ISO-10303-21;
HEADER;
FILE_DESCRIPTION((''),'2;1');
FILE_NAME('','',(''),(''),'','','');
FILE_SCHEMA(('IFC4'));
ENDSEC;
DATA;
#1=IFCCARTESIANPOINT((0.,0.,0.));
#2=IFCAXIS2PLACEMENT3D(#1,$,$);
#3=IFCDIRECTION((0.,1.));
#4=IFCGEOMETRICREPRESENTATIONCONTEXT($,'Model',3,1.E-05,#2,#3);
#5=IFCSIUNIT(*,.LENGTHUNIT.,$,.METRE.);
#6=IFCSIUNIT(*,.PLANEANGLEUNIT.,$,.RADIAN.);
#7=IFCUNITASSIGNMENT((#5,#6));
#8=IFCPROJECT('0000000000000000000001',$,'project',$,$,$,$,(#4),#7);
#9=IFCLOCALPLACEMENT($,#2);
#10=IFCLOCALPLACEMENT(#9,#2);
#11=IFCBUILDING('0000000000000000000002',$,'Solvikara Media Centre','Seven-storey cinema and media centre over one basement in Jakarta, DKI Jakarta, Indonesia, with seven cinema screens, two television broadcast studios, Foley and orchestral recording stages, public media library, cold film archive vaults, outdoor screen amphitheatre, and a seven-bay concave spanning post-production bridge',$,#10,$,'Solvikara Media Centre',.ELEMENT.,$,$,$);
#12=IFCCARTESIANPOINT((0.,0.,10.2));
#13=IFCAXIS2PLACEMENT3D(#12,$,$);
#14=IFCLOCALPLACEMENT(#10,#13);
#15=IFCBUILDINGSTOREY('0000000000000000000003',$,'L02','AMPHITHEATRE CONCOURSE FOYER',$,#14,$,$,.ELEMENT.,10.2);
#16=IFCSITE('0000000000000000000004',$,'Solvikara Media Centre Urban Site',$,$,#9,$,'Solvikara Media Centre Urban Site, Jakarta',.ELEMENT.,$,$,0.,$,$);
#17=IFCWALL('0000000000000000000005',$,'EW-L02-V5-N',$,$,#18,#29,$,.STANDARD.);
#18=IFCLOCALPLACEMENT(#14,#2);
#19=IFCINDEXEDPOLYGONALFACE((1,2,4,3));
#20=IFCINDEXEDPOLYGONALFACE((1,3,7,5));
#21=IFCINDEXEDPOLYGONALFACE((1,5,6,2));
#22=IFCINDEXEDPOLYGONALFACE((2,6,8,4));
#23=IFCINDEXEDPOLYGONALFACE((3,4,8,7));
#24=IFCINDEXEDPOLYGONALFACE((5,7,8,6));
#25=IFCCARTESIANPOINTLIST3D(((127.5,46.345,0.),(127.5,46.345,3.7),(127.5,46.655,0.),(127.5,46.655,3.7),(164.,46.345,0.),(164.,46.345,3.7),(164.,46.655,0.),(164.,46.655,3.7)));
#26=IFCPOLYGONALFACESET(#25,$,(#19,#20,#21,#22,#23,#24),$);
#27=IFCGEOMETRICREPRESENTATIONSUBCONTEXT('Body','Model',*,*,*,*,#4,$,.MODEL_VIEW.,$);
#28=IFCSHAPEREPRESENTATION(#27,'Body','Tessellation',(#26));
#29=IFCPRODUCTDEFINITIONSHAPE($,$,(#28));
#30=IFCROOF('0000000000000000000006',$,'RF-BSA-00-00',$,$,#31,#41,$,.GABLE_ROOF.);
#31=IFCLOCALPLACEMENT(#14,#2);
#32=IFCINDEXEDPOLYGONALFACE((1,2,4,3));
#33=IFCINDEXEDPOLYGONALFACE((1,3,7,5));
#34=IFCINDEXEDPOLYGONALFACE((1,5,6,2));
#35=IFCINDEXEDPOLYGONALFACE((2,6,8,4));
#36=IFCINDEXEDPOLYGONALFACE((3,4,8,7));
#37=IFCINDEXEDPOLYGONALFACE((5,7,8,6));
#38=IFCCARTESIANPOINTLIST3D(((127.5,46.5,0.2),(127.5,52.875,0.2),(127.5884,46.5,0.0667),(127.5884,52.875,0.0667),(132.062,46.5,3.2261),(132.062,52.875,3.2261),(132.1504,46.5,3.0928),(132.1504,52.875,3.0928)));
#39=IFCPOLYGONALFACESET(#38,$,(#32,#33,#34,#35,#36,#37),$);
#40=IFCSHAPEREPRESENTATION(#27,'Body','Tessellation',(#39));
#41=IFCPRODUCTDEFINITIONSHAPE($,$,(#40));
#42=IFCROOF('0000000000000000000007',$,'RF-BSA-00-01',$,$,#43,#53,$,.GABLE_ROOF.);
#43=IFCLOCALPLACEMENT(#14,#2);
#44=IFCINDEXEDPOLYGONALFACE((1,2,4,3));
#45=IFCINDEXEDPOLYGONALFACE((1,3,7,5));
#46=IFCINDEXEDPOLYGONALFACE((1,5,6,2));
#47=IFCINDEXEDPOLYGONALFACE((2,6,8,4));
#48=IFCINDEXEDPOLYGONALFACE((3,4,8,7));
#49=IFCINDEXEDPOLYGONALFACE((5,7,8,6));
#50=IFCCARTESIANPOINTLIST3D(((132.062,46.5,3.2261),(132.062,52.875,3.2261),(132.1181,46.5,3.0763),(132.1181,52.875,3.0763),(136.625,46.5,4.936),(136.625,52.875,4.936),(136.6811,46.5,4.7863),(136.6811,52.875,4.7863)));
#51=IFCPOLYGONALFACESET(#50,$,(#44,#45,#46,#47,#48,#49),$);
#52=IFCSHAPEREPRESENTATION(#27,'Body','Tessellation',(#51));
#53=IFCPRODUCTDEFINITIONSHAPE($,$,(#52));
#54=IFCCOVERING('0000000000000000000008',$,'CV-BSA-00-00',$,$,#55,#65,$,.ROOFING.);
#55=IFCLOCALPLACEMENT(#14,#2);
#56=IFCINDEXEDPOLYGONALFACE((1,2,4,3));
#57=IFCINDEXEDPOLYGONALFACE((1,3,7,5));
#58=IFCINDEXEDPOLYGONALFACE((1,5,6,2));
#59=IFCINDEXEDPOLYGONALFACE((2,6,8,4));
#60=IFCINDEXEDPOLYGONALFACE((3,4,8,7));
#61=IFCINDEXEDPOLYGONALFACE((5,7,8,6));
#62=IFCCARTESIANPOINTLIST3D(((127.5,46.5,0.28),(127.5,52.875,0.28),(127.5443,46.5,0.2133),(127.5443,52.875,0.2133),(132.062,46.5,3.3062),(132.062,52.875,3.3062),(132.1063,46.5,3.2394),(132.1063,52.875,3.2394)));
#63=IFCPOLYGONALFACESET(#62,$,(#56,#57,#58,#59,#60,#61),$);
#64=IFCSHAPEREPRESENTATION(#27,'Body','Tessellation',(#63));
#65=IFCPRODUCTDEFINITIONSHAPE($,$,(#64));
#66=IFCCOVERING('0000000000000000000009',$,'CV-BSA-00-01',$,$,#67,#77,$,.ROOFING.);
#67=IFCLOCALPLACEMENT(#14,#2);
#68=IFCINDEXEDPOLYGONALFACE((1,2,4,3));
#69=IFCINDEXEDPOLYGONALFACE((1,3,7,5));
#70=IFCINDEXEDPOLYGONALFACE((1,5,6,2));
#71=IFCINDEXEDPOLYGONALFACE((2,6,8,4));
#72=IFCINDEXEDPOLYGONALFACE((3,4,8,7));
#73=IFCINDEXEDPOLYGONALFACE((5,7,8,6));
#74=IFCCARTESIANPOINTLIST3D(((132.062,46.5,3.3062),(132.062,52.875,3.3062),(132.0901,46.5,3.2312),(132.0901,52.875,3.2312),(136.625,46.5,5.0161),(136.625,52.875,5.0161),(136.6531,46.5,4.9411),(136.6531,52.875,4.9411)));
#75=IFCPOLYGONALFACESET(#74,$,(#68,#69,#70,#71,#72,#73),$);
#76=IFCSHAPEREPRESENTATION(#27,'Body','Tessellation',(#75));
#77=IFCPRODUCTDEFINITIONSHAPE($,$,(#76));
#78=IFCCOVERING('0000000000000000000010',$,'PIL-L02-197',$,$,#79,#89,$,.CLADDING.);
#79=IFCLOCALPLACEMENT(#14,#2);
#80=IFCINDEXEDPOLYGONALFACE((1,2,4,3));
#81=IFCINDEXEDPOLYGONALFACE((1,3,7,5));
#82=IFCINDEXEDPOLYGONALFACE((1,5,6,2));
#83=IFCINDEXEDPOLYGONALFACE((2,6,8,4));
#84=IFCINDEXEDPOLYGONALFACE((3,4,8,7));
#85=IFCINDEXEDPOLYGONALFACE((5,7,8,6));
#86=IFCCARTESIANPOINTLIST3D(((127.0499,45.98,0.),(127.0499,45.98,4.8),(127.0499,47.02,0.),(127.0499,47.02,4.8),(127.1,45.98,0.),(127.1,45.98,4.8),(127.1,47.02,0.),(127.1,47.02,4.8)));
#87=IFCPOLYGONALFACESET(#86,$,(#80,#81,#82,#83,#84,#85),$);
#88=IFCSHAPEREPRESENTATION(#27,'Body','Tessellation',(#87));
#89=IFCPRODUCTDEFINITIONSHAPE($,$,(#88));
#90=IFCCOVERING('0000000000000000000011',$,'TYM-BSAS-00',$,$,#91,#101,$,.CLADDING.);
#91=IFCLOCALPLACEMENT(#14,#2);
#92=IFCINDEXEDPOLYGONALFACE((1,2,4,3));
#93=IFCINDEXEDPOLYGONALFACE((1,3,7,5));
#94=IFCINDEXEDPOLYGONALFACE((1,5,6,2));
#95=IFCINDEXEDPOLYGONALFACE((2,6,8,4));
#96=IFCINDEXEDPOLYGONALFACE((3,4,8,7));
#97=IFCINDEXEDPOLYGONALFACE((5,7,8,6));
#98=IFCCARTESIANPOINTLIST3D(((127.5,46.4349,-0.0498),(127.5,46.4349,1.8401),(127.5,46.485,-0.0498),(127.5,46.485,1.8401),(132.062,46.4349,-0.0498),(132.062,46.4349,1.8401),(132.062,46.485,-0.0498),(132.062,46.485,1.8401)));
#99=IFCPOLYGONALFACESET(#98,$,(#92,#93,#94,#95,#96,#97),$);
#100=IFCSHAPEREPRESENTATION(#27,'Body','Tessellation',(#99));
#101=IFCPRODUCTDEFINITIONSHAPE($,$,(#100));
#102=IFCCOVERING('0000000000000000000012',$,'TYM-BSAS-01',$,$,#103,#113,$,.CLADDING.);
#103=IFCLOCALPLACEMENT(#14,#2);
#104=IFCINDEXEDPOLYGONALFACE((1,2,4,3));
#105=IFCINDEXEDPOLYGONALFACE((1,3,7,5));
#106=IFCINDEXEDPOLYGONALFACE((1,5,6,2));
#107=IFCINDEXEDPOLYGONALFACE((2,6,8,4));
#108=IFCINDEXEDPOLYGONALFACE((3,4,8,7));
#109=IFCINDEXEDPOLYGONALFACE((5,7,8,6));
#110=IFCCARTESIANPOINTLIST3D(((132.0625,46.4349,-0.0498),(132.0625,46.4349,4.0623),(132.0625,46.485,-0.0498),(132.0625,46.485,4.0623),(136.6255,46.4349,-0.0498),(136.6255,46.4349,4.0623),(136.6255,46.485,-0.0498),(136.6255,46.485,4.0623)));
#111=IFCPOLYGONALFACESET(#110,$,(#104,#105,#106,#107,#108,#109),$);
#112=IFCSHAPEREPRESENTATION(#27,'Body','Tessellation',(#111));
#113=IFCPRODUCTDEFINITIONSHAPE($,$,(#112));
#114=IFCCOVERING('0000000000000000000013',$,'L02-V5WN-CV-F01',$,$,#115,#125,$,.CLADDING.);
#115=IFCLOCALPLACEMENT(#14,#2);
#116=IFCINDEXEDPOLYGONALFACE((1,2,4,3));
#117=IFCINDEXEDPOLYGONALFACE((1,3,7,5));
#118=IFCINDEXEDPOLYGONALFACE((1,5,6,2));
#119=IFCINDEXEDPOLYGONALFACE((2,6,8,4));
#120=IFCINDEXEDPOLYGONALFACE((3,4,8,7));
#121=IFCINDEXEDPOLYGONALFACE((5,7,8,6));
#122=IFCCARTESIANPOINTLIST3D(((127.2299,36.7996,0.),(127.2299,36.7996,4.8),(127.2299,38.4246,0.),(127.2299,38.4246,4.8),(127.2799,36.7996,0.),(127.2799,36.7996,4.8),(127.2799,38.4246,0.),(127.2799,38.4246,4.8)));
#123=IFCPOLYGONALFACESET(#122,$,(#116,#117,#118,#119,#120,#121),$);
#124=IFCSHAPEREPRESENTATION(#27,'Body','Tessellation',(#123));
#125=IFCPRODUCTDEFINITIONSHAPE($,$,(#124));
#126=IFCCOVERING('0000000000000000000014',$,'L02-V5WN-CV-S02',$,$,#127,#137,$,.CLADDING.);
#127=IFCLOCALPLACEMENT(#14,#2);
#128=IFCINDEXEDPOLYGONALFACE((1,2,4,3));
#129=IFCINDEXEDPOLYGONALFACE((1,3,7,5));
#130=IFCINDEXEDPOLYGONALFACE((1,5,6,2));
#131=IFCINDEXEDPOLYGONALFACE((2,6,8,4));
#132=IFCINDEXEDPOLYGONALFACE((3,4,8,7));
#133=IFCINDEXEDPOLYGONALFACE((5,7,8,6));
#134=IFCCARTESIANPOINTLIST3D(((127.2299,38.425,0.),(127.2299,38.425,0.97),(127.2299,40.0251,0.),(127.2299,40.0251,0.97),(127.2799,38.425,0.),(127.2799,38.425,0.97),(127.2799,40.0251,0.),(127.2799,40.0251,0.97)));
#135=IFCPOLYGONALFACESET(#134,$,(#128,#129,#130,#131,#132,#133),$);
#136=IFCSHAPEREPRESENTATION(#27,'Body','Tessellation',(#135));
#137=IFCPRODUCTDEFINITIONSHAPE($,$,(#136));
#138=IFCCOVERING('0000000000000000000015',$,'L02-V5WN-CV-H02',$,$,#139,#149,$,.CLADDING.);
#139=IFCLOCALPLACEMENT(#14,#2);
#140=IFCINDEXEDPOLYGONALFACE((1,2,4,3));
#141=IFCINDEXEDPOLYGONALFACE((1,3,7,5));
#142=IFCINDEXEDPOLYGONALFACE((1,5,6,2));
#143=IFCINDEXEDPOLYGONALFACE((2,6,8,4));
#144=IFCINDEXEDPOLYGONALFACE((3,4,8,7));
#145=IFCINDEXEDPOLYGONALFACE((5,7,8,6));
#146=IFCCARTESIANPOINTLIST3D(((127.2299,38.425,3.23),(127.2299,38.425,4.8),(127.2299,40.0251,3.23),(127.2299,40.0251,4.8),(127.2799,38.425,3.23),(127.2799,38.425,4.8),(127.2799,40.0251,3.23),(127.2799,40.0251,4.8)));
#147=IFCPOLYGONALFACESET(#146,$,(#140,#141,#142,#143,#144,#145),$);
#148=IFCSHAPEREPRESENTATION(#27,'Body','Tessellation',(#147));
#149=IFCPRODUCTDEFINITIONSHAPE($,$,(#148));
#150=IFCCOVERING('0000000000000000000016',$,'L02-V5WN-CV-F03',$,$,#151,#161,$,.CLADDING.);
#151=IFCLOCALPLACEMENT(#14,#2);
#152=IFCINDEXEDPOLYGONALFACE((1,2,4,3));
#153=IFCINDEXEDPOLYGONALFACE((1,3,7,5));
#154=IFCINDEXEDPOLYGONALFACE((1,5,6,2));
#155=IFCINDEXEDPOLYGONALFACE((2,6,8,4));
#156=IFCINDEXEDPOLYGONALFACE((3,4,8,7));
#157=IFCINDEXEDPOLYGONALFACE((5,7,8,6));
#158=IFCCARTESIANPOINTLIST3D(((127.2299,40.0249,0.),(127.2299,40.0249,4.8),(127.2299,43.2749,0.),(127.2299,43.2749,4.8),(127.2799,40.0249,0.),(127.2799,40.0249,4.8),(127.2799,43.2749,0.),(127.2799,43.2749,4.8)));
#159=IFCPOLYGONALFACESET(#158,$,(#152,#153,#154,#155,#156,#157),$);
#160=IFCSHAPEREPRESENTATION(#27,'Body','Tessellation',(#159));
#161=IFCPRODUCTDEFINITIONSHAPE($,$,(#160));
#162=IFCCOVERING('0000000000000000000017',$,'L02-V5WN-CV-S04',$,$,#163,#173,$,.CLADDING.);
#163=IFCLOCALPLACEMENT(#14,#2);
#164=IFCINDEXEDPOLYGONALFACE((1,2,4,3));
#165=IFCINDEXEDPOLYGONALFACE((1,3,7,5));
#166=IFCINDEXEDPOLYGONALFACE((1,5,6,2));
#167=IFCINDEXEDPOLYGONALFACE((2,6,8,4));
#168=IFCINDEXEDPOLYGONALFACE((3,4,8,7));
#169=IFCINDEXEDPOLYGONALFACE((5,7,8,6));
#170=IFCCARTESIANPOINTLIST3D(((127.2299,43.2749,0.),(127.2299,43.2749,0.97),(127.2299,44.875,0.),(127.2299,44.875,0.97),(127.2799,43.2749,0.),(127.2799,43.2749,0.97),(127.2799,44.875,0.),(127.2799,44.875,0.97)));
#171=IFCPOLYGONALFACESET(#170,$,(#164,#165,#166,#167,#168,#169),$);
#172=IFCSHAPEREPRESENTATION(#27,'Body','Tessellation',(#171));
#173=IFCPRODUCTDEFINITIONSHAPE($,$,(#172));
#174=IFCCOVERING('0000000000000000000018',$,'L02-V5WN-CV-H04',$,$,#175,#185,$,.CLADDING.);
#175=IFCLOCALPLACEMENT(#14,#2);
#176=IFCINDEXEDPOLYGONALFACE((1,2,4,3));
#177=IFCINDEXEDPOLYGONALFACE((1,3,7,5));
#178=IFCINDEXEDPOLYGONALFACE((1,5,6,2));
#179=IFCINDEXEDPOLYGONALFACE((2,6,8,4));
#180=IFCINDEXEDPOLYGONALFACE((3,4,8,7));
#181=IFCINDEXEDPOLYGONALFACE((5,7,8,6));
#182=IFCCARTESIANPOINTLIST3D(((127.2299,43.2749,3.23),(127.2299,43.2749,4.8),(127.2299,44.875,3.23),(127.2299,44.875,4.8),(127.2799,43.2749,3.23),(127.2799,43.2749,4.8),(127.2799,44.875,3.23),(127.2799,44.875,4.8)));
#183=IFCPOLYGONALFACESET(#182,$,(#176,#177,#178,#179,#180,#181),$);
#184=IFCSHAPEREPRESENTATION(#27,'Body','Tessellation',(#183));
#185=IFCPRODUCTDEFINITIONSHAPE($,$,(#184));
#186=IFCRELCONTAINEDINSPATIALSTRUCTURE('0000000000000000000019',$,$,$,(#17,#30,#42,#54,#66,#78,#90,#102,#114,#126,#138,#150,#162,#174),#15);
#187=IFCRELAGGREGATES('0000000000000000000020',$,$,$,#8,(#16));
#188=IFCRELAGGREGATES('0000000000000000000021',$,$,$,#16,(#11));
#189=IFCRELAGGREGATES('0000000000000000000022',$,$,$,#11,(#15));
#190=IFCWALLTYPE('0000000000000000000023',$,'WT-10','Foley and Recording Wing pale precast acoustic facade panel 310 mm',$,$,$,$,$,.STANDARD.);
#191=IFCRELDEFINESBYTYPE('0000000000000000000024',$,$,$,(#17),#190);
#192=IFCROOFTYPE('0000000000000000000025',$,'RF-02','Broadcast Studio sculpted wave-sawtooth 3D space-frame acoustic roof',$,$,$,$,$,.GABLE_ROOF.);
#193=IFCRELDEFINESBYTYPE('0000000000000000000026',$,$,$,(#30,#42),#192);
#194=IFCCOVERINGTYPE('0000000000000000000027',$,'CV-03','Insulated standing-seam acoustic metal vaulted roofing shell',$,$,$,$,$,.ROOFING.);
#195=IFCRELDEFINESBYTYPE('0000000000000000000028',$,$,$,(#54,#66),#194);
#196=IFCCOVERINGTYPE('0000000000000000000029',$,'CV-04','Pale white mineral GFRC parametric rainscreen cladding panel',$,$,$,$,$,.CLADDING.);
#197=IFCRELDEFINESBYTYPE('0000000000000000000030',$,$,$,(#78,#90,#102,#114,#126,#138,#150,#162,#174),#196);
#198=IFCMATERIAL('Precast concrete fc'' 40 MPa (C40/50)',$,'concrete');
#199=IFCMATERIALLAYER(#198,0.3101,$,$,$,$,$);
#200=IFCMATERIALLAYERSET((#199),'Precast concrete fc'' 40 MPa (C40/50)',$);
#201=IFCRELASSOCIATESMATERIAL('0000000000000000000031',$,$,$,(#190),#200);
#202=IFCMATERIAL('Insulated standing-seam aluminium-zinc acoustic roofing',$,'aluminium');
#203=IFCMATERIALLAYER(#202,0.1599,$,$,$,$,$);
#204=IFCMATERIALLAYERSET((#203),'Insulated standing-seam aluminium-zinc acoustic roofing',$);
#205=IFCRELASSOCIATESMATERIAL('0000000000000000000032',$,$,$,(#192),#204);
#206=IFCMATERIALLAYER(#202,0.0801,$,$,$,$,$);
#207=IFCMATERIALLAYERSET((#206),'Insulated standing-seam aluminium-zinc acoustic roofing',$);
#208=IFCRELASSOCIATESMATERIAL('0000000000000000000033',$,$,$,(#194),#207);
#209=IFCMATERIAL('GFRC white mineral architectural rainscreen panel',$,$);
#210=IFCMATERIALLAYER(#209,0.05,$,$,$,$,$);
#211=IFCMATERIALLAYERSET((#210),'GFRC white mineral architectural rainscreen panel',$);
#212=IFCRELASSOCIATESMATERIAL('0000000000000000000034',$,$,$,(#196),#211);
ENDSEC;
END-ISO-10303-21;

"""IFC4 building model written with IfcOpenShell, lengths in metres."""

from ifc_helpers import new_model, si_unit, direction, frame, frame_2d, origin, origin_2d, place, context, subcontext, project, spatial, polyline, rectangle, outline, extrude, material, layer, layer_set, type_object, element, save


model = new_model("IFC4")

# Units and contexts
model_context = context("Model", 3, precision=1e-05, world=origin(), true_north=direction((0.0, 1.0)))
body_context = subcontext(model_context, "Body", "Model", "MODEL_VIEW")
ifc_project = project(units=[si_unit("LENGTHUNIT", "METRE"), si_unit("PLANEANGLEUNIT", "RADIAN")], contexts=[model_context])

# Site, building, storey
site_placement = place(None, origin())
site = spatial("IfcSite", under=ifc_project, at=site_placement, Name="Solvikara Media Centre Urban Site", LongName="Solvikara Media Centre Urban Site, Jakarta", CompositionType="ELEMENT", RefElevation=0.0)
building_placement = place(site_placement, origin())
building = spatial("IfcBuilding", under=site, at=building_placement, Name="Solvikara Media Centre", Description="Seven-storey cinema and media centre over one basement in Jakarta, DKI Jakarta, Indonesia, with seven cinema screens, two television broadcast studios, Foley and orchestral recording stages, public media library, cold film archive vaults, outdoor screen amphitheatre, and a seven-bay concave spanning post-production bridge", LongName="Solvikara Media Centre", CompositionType="ELEMENT")
storey_placement = place(building_placement, frame((0.0, 0.0, 10.2)))
storey = spatial("IfcBuildingStorey", under=building, at=storey_placement, Name="L02", Description="AMPHITHEATRE CONCOURSE FOYER", CompositionType="ELEMENT", Elevation=10.2)

# Wall
ifc_material_1 = material(Name="Precast concrete fc' 40 MPa (C40/50)", Category="concrete")
ifc_layer_1 = layer(ifc_material_1, 0.3101)
ifc_layer_set_1 = layer_set([ifc_layer_1], Name="Precast concrete fc' 40 MPa (C40/50)")
wall_type = type_object("IfcWallType", Name="WT-10", Description="Foley and Recording Wing pale precast acoustic facade panel 310 mm", PredefinedType="STANDARD", material=ifc_layer_set_1)
wall_placement = place(storey_placement, frame((127.5, 46.5, 0.0), z_axis=(0.0, 0.0, 1.0), x_axis=(1.0, 0.0, 0.0)))
element("IfcWall", 1, at=wall_placement, inside=storey, type_object=wall_type, Name="EW-L02-V5-N", PredefinedType="STANDARD", context=body_context, shape_type="SweptSolid", body=[
    extrude(rectangle(XDim=36.5, YDim=0.3101, at=frame_2d((18.25, 0.0))), origin(), (0.0, 0.0, 1.0), 3.7),
])

# Roofs
ifc_material_2 = material(Name="Insulated standing-seam aluminium-zinc acoustic roofing", Category="aluminium")
ifc_layer_2 = layer(ifc_material_2, 0.1599)
ifc_layer_set_2 = layer_set([ifc_layer_2], Name="Insulated standing-seam aluminium-zinc acoustic roofing")
roof_type = type_object("IfcRoofType", Name="RF-02", Description="Broadcast Studio sculpted wave-sawtooth 3D space-frame acoustic roof", PredefinedType="GABLE_ROOF", material=ifc_layer_set_2)
roof_1_placement = place(storey_placement, frame((127.5, 46.5, 0.2), z_axis=(-0.552774, 0.0, 0.833331), x_axis=(0.833331, 0.0, 0.552774)))
element("IfcRoof", 2, at=roof_1_placement, inside=storey, type_object=roof_type, Name="RF-BSA-00-00", PredefinedType="GABLE_ROOF", context=body_context, shape_type="SweptSolid", body=[
    extrude(outline(polyline([(0.0, 0.0), (5.4744, 0.0), (5.4744, 6.375), (0.0, 6.375), (0.0, 0.0)])), origin(), (0.0, 0.0, -1.0), 0.1599),
])
roof_2_placement = place(storey_placement, frame((132.062, 46.5, 3.2261), z_axis=(-0.350915, 0.0, 0.936407), x_axis=(0.936407, 0.0, 0.350915)))
element("IfcRoof", 3, at=roof_2_placement, inside=storey, type_object=roof_type, Name="RF-BSA-00-01", PredefinedType="GABLE_ROOF", context=body_context, shape_type="SweptSolid", body=[
    extrude(outline(polyline([(0.0, 0.0), (4.8729, 0.0), (4.8729, 6.375), (0.0, 6.375), (0.0, 0.0)])), origin(), (0.0, 0.0, -1.0), 0.1599),
])

# Coverings
ifc_layer_3 = layer(ifc_material_2, 0.0801)
ifc_layer_set_3 = layer_set([ifc_layer_3], Name="Insulated standing-seam aluminium-zinc acoustic roofing")
covering_type_1 = type_object("IfcCoveringType", Name="CV-03", Description="Insulated standing-seam acoustic metal vaulted roofing shell", PredefinedType="ROOFING", material=ifc_layer_set_3)
covering_1_placement = place(storey_placement, frame((127.5, 46.5, 0.28), z_axis=(-0.552774, 0.0, 0.833331), x_axis=(0.833331, 0.0, 0.552774)))
element("IfcCovering", 4, at=covering_1_placement, inside=storey, type_object=covering_type_1, Name="CV-BSA-00-00", PredefinedType="ROOFING", context=body_context, shape_type="SweptSolid", body=[
    extrude(outline(polyline([(0.0, 0.0), (5.4744, 0.0), (5.4744, 6.375), (0.0, 6.375), (0.0, 0.0)])), origin(), (0.0, 0.0, -1.0), 0.0801),
])
covering_2_placement = place(storey_placement, frame((132.062, 46.5, 3.3062), z_axis=(-0.350915, 0.0, 0.936407), x_axis=(0.936407, 0.0, 0.350915)))
element("IfcCovering", 5, at=covering_2_placement, inside=storey, type_object=covering_type_1, Name="CV-BSA-00-01", PredefinedType="ROOFING", context=body_context, shape_type="SweptSolid", body=[
    extrude(outline(polyline([(0.0, 0.0), (4.8729, 0.0), (4.8729, 6.375), (0.0, 6.375), (0.0, 0.0)])), origin(), (0.0, 0.0, -1.0), 0.0801),
])
ifc_material_3 = material(Name="GFRC white mineral architectural rainscreen panel")
ifc_layer_4 = layer(ifc_material_3, 0.05)
ifc_layer_set_4 = layer_set([ifc_layer_4], Name="GFRC white mineral architectural rainscreen panel")
covering_type_2 = type_object("IfcCoveringType", Name="CV-04", Description="Pale white mineral GFRC parametric rainscreen cladding panel", PredefinedType="CLADDING", material=ifc_layer_set_4)
covering_3_placement = place(storey_placement, frame((127.075, 46.5, 0.0), z_axis=(0.0, 0.0, 1.0), x_axis=(0.0, -1.0, 0.0)))
element("IfcCovering", 6, at=covering_3_placement, inside=storey, type_object=covering_type_2, Name="PIL-L02-197", PredefinedType="CLADDING", context=body_context, shape_type="SweptSolid", body=[
    extrude(rectangle(XDim=1.04, YDim=0.05, at=origin_2d()), origin(), (0.0, 0.0, 1.0), 4.8),
])
covering_4_placement = place(storey_placement, frame((129.781, 46.46, -0.0498), z_axis=(0.0, 0.0, 1.0), x_axis=(1.0, 0.0, 0.0)))
element("IfcCovering", 7, at=covering_4_placement, inside=storey, type_object=covering_type_2, Name="TYM-BSAS-00", PredefinedType="CLADDING", context=body_context, shape_type="SweptSolid", body=[
    extrude(rectangle(XDim=4.562, YDim=0.05, at=origin_2d()), origin(), (0.0, 0.0, 1.0), 1.8899),
])
covering_5_placement = place(storey_placement, frame((134.344, 46.46, -0.0498), z_axis=(0.0, 0.0, 1.0), x_axis=(1.0, 0.0, 0.0)))
element("IfcCovering", 8, at=covering_5_placement, inside=storey, type_object=covering_type_2, Name="TYM-BSAS-01", PredefinedType="CLADDING", context=body_context, shape_type="SweptSolid", body=[
    extrude(rectangle(XDim=4.563, YDim=0.05, at=origin_2d()), origin(), (0.0, 0.0, 1.0), 4.1121),
])
covering_6_placement = place(storey_placement, frame((127.2549, 37.6121, 0.0), z_axis=(0.0, 0.0, 1.0), x_axis=(0.0, 1.0, 0.0)))
element("IfcCovering", 9, at=covering_6_placement, inside=storey, type_object=covering_type_2, Name="L02-V5WN-CV-F01", PredefinedType="CLADDING", context=body_context, shape_type="SweptSolid", body=[
    extrude(rectangle(XDim=1.625, YDim=0.05, at=origin_2d()), origin(), (0.0, 0.0, 1.0), 4.8),
])
covering_7_placement = place(storey_placement, frame((127.2549, 39.2251, 0.0), z_axis=(0.0, 0.0, 1.0), x_axis=(0.0, 1.0, 0.0)))
element("IfcCovering", 10, at=covering_7_placement, inside=storey, type_object=covering_type_2, Name="L02-V5WN-CV-S02", PredefinedType="CLADDING", context=body_context, shape_type="SweptSolid", body=[
    extrude(rectangle(XDim=1.6001, YDim=0.05, at=origin_2d()), origin(), (0.0, 0.0, 1.0), 0.97),
])
covering_8_placement = place(storey_placement, frame((127.2549, 39.2251, 3.23), z_axis=(0.0, 0.0, 1.0), x_axis=(0.0, 1.0, 0.0)))
element("IfcCovering", 11, at=covering_8_placement, inside=storey, type_object=covering_type_2, Name="L02-V5WN-CV-H02", PredefinedType="CLADDING", context=body_context, shape_type="SweptSolid", body=[
    extrude(rectangle(XDim=1.6001, YDim=0.05, at=origin_2d()), origin(), (0.0, 0.0, 1.0), 1.5701),
])
covering_9_placement = place(storey_placement, frame((127.2549, 41.6499, 0.0), z_axis=(0.0, 0.0, 1.0), x_axis=(0.0, 1.0, 0.0)))
element("IfcCovering", 12, at=covering_9_placement, inside=storey, type_object=covering_type_2, Name="L02-V5WN-CV-F03", PredefinedType="CLADDING", context=body_context, shape_type="SweptSolid", body=[
    extrude(rectangle(XDim=3.25, YDim=0.05, at=origin_2d()), origin(), (0.0, 0.0, 1.0), 4.8),
])
covering_10_placement = place(storey_placement, frame((127.2549, 44.075, 0.0), z_axis=(0.0, 0.0, 1.0), x_axis=(0.0, 1.0, 0.0)))
element("IfcCovering", 13, at=covering_10_placement, inside=storey, type_object=covering_type_2, Name="L02-V5WN-CV-S04", PredefinedType="CLADDING", context=body_context, shape_type="SweptSolid", body=[
    extrude(rectangle(XDim=1.6001, YDim=0.05, at=origin_2d()), origin(), (0.0, 0.0, 1.0), 0.97),
])
covering_11_placement = place(storey_placement, frame((127.2549, 44.075, 3.23), z_axis=(0.0, 0.0, 1.0), x_axis=(0.0, 1.0, 0.0)))
element("IfcCovering", 14, at=covering_11_placement, inside=storey, type_object=covering_type_2, Name="L02-V5WN-CV-H04", PredefinedType="CLADDING", context=body_context, shape_type="SweptSolid", body=[
    extrude(rectangle(XDim=1.6001, YDim=0.05, at=origin_2d()), origin(), (0.0, 0.0, 1.0), 1.5701),
])

save(model, "model.ifc")
